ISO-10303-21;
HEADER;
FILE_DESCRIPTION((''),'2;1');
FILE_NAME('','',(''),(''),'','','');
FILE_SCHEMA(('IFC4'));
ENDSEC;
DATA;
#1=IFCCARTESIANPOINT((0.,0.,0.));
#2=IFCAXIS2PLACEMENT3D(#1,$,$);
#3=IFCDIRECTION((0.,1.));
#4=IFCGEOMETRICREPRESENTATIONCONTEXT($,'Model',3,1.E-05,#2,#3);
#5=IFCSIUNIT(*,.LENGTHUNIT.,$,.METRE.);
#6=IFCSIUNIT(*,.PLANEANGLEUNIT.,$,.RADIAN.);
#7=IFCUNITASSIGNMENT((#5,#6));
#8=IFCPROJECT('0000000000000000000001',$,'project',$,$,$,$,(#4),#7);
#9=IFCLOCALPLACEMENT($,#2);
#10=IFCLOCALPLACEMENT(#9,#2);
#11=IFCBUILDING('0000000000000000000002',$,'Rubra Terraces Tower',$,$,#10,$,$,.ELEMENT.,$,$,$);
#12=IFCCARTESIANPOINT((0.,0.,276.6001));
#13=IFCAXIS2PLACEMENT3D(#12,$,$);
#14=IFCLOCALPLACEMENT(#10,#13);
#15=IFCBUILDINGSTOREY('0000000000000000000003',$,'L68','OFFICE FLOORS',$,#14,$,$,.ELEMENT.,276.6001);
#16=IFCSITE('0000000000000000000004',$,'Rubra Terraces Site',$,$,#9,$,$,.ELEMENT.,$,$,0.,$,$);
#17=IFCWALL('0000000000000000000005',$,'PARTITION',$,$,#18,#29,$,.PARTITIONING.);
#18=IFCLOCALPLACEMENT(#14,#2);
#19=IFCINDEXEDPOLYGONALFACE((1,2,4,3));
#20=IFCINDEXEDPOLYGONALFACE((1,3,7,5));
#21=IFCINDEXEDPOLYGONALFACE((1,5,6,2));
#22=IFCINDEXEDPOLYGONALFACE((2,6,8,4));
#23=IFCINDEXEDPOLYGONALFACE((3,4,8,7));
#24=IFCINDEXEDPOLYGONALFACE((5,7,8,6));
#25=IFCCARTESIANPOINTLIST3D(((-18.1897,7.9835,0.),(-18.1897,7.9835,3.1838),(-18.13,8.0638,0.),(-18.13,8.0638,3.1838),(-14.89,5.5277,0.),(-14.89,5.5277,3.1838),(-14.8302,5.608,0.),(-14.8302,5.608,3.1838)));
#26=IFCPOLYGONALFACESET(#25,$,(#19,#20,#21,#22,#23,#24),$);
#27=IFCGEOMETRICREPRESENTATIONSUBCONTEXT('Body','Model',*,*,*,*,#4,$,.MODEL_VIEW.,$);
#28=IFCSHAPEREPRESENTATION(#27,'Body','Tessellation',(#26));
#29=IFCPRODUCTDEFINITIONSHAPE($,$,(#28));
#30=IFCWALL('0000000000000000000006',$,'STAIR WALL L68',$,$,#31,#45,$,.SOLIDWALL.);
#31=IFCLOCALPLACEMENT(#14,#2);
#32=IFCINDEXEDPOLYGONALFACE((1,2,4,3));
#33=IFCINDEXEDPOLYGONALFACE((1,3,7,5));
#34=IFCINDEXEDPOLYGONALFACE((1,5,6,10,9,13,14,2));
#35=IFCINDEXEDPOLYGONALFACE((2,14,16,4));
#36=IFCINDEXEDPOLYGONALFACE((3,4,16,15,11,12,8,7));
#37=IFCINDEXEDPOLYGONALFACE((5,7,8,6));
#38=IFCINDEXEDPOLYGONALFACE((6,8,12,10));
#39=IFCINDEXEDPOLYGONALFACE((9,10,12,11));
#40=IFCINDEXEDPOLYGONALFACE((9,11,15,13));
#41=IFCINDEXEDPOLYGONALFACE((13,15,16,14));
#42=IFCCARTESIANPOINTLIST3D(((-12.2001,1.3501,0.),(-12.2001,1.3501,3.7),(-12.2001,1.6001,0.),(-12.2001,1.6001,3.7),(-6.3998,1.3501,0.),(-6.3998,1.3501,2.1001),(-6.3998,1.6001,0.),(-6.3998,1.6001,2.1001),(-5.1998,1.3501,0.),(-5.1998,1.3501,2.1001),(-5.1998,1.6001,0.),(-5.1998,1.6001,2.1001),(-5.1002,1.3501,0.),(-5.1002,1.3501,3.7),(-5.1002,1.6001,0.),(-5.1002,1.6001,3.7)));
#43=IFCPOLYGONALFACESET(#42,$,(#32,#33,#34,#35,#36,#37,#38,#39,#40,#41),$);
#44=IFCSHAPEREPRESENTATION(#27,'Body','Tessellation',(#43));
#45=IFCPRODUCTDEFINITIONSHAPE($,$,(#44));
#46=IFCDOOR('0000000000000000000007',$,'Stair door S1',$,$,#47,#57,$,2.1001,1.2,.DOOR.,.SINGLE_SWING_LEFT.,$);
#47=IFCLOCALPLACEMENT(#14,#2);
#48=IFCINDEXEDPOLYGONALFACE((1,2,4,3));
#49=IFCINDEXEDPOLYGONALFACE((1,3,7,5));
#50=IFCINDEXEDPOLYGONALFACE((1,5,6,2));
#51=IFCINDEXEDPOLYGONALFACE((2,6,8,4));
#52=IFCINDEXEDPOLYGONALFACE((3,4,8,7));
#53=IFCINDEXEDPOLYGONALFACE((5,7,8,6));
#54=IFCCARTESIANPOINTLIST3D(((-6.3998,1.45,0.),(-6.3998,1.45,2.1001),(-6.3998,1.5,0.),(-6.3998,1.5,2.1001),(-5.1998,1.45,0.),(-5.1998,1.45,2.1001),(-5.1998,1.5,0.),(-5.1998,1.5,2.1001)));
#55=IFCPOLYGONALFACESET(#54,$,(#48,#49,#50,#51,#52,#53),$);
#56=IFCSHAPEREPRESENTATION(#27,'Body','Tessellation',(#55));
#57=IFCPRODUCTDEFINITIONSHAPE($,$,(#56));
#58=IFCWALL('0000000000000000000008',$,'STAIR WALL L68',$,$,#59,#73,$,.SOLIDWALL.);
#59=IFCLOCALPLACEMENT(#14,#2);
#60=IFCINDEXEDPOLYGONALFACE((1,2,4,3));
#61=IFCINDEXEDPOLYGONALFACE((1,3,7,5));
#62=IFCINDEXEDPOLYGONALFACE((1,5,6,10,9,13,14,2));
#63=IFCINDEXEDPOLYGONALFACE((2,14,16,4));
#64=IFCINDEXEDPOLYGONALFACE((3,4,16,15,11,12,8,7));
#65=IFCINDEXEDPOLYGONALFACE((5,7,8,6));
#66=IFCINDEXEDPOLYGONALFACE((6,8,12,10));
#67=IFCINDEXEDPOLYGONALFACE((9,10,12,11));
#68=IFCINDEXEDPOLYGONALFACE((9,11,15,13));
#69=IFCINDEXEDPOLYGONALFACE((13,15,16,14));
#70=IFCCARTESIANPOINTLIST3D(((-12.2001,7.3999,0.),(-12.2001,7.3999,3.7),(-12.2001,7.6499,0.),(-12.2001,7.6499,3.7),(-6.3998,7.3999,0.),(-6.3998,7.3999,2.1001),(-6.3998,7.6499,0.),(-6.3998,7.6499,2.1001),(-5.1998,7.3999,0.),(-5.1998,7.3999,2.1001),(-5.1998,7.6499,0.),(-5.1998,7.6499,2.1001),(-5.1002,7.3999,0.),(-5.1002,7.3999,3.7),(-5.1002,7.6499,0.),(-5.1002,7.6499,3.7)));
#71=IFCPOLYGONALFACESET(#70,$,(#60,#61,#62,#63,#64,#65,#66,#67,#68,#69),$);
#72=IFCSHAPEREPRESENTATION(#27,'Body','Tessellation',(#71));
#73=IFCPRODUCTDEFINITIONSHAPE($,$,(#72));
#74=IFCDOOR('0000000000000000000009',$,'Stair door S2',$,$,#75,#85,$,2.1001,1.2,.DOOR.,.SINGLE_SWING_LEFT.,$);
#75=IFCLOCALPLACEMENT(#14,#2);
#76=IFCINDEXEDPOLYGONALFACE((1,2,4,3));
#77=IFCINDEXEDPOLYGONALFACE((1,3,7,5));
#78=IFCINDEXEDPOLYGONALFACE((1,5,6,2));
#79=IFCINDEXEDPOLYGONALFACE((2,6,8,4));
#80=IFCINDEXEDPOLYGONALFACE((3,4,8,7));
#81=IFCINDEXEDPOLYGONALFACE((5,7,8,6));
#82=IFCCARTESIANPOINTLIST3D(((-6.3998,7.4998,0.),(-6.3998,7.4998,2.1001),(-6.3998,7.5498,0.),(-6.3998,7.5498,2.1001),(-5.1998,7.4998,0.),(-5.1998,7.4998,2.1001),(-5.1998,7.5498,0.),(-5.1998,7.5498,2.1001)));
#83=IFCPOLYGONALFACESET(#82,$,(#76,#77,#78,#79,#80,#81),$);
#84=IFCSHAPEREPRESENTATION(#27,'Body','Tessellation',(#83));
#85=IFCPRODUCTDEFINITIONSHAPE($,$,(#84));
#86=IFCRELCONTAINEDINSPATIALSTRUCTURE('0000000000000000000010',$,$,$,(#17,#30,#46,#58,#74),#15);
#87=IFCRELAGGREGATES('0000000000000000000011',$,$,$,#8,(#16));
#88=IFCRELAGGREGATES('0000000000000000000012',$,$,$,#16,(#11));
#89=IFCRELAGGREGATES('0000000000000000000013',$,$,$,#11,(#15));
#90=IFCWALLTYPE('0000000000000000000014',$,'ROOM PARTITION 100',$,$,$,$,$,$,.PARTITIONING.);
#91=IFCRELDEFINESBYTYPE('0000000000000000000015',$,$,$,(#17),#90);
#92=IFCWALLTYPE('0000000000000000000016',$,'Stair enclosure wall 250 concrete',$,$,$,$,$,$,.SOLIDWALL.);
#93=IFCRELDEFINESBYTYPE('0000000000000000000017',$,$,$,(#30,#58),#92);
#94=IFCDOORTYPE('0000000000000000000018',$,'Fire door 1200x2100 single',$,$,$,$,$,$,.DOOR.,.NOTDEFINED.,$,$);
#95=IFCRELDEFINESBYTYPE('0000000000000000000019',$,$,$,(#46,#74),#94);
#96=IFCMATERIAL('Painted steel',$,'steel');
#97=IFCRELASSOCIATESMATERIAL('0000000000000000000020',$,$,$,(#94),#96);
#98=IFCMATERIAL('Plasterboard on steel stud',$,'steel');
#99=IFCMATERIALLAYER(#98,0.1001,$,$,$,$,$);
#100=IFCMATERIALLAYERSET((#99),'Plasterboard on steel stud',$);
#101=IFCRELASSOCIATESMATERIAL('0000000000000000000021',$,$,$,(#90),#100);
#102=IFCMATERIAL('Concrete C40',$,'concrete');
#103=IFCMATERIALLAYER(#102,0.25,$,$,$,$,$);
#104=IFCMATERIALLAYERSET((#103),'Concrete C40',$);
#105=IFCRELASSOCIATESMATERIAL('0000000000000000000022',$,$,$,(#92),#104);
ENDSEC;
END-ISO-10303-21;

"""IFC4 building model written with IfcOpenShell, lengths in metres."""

from ifc_helpers import new_model, si_unit, direction, frame, frame_2d, origin, place, context, subcontext, project, spatial, rectangle, extrude, material, layer, layer_set, type_object, element, fill, save


model = new_model("IFC4")

# Units and contexts
model_context = context("Model", 3, precision=1e-05, world=origin(), true_north=direction((0.0, 1.0)))
body_context = subcontext(model_context, "Body", "Model", "MODEL_VIEW")
ifc_project = project(units=[si_unit("LENGTHUNIT", "METRE"), si_unit("PLANEANGLEUNIT", "RADIAN")], contexts=[model_context])

# Site, building, storey
site_placement = place(None, origin())
site = spatial("IfcSite", under=ifc_project, at=site_placement, Name="Rubra Terraces Site", CompositionType="ELEMENT", RefElevation=0.0)
building_placement = place(site_placement, origin())
building = spatial("IfcBuilding", under=site, at=building_placement, Name="Rubra Terraces Tower", CompositionType="ELEMENT")
storey_placement = place(building_placement, frame((0.0, 0.0, 276.6001)))
storey = spatial("IfcBuildingStorey", under=building, at=storey_placement, Name="L68", Description="OFFICE FLOORS", CompositionType="ELEMENT", Elevation=276.6001)

# Shared definitions
ifc_material_1 = material(Name="Concrete C40", Category="concrete")

# Shared definitions
ifc_material_2 = material(Name="Painted steel", Category="steel")
door_type_1 = type_object("IfcDoorType", Name="Fire door 1200x2100 single", OperationType="NOTDEFINED", PredefinedType="DOOR", material=ifc_material_2)

# Wall
ifc_material_3 = material(Name="Plasterboard on steel stud", Category="steel")
ifc_layer_1 = layer(ifc_material_3, 0.1001)
ifc_layer_set_1 = layer_set([ifc_layer_1], Name="Plasterboard on steel stud")
wall_type_1 = type_object("IfcWallType", Name="ROOM PARTITION 100", PredefinedType="PARTITIONING", material=ifc_layer_set_1)
wall_1_placement = place(storey_placement, frame((-14.8601, 5.5679, 0.0), z_axis=(0.0, 0.0, 1.0), x_axis=(-0.802217, 0.597033, 0.0)))
element("IfcWall", 1, at=wall_1_placement, inside=storey, type_object=wall_type_1, Name="PARTITION", PredefinedType="PARTITIONING", context=body_context, shape_type="SweptSolid", body=[
    extrude(rectangle(XDim=4.1133, YDim=0.1001, at=frame_2d((2.0566, 0.0))), origin(), (0.0, 0.0, 1.0), 3.1838),
])

# Walls, openings, doors
ifc_layer_2 = layer(ifc_material_1, 0.25)
ifc_layer_set_2 = layer_set([ifc_layer_2], Name="Concrete C40")
wall_type_2 = type_object("IfcWallType", Name="Stair enclosure wall 250 concrete", PredefinedType="SOLIDWALL", material=ifc_layer_set_2)
wall_2_placement = place(storey_placement, frame((-12.2, 1.4751, 0.0), z_axis=(0.0, 0.0, 1.0), x_axis=(1.0, 0.0, 0.0)))
wall_2 = element("IfcWall", 2, at=wall_2_placement, inside=storey, type_object=wall_type_2, Name="STAIR WALL L68", PredefinedType="SOLIDWALL", context=body_context, shape_type="SweptSolid", body=[
    extrude(rectangle(XDim=7.0999, YDim=0.25, at=frame_2d((3.5498, 0.0))), origin(), (0.0, 0.0, 1.0), 3.7),
])
opening_1_placement = place(wall_2_placement, frame((5.8, 0.0, 0.0)))
opening_1 = element("IfcOpeningElement", 3, at=opening_1_placement, cuts=wall_2, PredefinedType="OPENING", context=body_context, shape_type="SweptSolid", body=[
    extrude(rectangle(XDim=1.2, YDim=2.1001, at=frame_2d((0.6001, 1.05))), frame((0.0, 0.135, 0.0), z_axis=(0.0, -1.0, 0.0), x_axis=(1.0, 0.0, 0.0)), (0.0, 0.0, 1.0), 0.27),
])
door_1_placement = place(opening_1_placement, origin())
door_1 = element("IfcDoor", 4, at=door_1_placement, inside=storey, type_object=door_type_1, Name="Stair door S1", OperationType="SINGLE_SWING_LEFT", OverallHeight=2.1001, OverallWidth=1.2, PredefinedType="DOOR", context=body_context, shape_type="SweptSolid", body=[
    extrude(rectangle(XDim=1.2, YDim=2.1001, at=frame_2d((0.6001, 1.05))), frame((0.0, 0.0249, 0.0), z_axis=(0.0, -1.0, 0.0), x_axis=(1.0, 0.0, 0.0)), (0.0, 0.0, 1.0), 0.05),
])
fill(opening_1, door_1)
wall_3_placement = place(storey_placement, frame((-12.2, 7.5249, 0.0), z_axis=(0.0, 0.0, 1.0), x_axis=(1.0, 0.0, 0.0)))
wall_3 = element("IfcWall", 5, at=wall_3_placement, inside=storey, type_object=wall_type_2, Name="STAIR WALL L68", PredefinedType="SOLIDWALL", context=body_context, shape_type="SweptSolid", body=[
    extrude(rectangle(XDim=7.0999, YDim=0.25, at=frame_2d((3.5498, 0.0))), origin(), (0.0, 0.0, 1.0), 3.7),
])
opening_2_placement = place(wall_3_placement, frame((5.8, 0.0, 0.0)))
opening_2 = element("IfcOpeningElement", 6, at=opening_2_placement, cuts=wall_3, PredefinedType="OPENING", context=body_context, shape_type="SweptSolid", body=[
    extrude(rectangle(XDim=1.2, YDim=2.1001, at=frame_2d((0.6001, 1.05))), frame((0.0, 0.135, 0.0), z_axis=(0.0, -1.0, 0.0), x_axis=(1.0, 0.0, 0.0)), (0.0, 0.0, 1.0), 0.27),
])
door_2_placement = place(opening_2_placement, origin())
door_2 = element("IfcDoor", 7, at=door_2_placement, inside=storey, type_object=door_type_1, Name="Stair door S2", OperationType="SINGLE_SWING_LEFT", OverallHeight=2.1001, OverallWidth=1.2, PredefinedType="DOOR", context=body_context, shape_type="SweptSolid", body=[
    extrude(rectangle(XDim=1.2, YDim=2.1001, at=frame_2d((0.6001, 1.05))), frame((0.0, 0.0249, 0.0), z_axis=(0.0, -1.0, 0.0), x_axis=(1.0, 0.0, 0.0)), (0.0, 0.0, 1.0), 0.05),
])
fill(opening_2, door_2)

save(model, "model.ifc")
